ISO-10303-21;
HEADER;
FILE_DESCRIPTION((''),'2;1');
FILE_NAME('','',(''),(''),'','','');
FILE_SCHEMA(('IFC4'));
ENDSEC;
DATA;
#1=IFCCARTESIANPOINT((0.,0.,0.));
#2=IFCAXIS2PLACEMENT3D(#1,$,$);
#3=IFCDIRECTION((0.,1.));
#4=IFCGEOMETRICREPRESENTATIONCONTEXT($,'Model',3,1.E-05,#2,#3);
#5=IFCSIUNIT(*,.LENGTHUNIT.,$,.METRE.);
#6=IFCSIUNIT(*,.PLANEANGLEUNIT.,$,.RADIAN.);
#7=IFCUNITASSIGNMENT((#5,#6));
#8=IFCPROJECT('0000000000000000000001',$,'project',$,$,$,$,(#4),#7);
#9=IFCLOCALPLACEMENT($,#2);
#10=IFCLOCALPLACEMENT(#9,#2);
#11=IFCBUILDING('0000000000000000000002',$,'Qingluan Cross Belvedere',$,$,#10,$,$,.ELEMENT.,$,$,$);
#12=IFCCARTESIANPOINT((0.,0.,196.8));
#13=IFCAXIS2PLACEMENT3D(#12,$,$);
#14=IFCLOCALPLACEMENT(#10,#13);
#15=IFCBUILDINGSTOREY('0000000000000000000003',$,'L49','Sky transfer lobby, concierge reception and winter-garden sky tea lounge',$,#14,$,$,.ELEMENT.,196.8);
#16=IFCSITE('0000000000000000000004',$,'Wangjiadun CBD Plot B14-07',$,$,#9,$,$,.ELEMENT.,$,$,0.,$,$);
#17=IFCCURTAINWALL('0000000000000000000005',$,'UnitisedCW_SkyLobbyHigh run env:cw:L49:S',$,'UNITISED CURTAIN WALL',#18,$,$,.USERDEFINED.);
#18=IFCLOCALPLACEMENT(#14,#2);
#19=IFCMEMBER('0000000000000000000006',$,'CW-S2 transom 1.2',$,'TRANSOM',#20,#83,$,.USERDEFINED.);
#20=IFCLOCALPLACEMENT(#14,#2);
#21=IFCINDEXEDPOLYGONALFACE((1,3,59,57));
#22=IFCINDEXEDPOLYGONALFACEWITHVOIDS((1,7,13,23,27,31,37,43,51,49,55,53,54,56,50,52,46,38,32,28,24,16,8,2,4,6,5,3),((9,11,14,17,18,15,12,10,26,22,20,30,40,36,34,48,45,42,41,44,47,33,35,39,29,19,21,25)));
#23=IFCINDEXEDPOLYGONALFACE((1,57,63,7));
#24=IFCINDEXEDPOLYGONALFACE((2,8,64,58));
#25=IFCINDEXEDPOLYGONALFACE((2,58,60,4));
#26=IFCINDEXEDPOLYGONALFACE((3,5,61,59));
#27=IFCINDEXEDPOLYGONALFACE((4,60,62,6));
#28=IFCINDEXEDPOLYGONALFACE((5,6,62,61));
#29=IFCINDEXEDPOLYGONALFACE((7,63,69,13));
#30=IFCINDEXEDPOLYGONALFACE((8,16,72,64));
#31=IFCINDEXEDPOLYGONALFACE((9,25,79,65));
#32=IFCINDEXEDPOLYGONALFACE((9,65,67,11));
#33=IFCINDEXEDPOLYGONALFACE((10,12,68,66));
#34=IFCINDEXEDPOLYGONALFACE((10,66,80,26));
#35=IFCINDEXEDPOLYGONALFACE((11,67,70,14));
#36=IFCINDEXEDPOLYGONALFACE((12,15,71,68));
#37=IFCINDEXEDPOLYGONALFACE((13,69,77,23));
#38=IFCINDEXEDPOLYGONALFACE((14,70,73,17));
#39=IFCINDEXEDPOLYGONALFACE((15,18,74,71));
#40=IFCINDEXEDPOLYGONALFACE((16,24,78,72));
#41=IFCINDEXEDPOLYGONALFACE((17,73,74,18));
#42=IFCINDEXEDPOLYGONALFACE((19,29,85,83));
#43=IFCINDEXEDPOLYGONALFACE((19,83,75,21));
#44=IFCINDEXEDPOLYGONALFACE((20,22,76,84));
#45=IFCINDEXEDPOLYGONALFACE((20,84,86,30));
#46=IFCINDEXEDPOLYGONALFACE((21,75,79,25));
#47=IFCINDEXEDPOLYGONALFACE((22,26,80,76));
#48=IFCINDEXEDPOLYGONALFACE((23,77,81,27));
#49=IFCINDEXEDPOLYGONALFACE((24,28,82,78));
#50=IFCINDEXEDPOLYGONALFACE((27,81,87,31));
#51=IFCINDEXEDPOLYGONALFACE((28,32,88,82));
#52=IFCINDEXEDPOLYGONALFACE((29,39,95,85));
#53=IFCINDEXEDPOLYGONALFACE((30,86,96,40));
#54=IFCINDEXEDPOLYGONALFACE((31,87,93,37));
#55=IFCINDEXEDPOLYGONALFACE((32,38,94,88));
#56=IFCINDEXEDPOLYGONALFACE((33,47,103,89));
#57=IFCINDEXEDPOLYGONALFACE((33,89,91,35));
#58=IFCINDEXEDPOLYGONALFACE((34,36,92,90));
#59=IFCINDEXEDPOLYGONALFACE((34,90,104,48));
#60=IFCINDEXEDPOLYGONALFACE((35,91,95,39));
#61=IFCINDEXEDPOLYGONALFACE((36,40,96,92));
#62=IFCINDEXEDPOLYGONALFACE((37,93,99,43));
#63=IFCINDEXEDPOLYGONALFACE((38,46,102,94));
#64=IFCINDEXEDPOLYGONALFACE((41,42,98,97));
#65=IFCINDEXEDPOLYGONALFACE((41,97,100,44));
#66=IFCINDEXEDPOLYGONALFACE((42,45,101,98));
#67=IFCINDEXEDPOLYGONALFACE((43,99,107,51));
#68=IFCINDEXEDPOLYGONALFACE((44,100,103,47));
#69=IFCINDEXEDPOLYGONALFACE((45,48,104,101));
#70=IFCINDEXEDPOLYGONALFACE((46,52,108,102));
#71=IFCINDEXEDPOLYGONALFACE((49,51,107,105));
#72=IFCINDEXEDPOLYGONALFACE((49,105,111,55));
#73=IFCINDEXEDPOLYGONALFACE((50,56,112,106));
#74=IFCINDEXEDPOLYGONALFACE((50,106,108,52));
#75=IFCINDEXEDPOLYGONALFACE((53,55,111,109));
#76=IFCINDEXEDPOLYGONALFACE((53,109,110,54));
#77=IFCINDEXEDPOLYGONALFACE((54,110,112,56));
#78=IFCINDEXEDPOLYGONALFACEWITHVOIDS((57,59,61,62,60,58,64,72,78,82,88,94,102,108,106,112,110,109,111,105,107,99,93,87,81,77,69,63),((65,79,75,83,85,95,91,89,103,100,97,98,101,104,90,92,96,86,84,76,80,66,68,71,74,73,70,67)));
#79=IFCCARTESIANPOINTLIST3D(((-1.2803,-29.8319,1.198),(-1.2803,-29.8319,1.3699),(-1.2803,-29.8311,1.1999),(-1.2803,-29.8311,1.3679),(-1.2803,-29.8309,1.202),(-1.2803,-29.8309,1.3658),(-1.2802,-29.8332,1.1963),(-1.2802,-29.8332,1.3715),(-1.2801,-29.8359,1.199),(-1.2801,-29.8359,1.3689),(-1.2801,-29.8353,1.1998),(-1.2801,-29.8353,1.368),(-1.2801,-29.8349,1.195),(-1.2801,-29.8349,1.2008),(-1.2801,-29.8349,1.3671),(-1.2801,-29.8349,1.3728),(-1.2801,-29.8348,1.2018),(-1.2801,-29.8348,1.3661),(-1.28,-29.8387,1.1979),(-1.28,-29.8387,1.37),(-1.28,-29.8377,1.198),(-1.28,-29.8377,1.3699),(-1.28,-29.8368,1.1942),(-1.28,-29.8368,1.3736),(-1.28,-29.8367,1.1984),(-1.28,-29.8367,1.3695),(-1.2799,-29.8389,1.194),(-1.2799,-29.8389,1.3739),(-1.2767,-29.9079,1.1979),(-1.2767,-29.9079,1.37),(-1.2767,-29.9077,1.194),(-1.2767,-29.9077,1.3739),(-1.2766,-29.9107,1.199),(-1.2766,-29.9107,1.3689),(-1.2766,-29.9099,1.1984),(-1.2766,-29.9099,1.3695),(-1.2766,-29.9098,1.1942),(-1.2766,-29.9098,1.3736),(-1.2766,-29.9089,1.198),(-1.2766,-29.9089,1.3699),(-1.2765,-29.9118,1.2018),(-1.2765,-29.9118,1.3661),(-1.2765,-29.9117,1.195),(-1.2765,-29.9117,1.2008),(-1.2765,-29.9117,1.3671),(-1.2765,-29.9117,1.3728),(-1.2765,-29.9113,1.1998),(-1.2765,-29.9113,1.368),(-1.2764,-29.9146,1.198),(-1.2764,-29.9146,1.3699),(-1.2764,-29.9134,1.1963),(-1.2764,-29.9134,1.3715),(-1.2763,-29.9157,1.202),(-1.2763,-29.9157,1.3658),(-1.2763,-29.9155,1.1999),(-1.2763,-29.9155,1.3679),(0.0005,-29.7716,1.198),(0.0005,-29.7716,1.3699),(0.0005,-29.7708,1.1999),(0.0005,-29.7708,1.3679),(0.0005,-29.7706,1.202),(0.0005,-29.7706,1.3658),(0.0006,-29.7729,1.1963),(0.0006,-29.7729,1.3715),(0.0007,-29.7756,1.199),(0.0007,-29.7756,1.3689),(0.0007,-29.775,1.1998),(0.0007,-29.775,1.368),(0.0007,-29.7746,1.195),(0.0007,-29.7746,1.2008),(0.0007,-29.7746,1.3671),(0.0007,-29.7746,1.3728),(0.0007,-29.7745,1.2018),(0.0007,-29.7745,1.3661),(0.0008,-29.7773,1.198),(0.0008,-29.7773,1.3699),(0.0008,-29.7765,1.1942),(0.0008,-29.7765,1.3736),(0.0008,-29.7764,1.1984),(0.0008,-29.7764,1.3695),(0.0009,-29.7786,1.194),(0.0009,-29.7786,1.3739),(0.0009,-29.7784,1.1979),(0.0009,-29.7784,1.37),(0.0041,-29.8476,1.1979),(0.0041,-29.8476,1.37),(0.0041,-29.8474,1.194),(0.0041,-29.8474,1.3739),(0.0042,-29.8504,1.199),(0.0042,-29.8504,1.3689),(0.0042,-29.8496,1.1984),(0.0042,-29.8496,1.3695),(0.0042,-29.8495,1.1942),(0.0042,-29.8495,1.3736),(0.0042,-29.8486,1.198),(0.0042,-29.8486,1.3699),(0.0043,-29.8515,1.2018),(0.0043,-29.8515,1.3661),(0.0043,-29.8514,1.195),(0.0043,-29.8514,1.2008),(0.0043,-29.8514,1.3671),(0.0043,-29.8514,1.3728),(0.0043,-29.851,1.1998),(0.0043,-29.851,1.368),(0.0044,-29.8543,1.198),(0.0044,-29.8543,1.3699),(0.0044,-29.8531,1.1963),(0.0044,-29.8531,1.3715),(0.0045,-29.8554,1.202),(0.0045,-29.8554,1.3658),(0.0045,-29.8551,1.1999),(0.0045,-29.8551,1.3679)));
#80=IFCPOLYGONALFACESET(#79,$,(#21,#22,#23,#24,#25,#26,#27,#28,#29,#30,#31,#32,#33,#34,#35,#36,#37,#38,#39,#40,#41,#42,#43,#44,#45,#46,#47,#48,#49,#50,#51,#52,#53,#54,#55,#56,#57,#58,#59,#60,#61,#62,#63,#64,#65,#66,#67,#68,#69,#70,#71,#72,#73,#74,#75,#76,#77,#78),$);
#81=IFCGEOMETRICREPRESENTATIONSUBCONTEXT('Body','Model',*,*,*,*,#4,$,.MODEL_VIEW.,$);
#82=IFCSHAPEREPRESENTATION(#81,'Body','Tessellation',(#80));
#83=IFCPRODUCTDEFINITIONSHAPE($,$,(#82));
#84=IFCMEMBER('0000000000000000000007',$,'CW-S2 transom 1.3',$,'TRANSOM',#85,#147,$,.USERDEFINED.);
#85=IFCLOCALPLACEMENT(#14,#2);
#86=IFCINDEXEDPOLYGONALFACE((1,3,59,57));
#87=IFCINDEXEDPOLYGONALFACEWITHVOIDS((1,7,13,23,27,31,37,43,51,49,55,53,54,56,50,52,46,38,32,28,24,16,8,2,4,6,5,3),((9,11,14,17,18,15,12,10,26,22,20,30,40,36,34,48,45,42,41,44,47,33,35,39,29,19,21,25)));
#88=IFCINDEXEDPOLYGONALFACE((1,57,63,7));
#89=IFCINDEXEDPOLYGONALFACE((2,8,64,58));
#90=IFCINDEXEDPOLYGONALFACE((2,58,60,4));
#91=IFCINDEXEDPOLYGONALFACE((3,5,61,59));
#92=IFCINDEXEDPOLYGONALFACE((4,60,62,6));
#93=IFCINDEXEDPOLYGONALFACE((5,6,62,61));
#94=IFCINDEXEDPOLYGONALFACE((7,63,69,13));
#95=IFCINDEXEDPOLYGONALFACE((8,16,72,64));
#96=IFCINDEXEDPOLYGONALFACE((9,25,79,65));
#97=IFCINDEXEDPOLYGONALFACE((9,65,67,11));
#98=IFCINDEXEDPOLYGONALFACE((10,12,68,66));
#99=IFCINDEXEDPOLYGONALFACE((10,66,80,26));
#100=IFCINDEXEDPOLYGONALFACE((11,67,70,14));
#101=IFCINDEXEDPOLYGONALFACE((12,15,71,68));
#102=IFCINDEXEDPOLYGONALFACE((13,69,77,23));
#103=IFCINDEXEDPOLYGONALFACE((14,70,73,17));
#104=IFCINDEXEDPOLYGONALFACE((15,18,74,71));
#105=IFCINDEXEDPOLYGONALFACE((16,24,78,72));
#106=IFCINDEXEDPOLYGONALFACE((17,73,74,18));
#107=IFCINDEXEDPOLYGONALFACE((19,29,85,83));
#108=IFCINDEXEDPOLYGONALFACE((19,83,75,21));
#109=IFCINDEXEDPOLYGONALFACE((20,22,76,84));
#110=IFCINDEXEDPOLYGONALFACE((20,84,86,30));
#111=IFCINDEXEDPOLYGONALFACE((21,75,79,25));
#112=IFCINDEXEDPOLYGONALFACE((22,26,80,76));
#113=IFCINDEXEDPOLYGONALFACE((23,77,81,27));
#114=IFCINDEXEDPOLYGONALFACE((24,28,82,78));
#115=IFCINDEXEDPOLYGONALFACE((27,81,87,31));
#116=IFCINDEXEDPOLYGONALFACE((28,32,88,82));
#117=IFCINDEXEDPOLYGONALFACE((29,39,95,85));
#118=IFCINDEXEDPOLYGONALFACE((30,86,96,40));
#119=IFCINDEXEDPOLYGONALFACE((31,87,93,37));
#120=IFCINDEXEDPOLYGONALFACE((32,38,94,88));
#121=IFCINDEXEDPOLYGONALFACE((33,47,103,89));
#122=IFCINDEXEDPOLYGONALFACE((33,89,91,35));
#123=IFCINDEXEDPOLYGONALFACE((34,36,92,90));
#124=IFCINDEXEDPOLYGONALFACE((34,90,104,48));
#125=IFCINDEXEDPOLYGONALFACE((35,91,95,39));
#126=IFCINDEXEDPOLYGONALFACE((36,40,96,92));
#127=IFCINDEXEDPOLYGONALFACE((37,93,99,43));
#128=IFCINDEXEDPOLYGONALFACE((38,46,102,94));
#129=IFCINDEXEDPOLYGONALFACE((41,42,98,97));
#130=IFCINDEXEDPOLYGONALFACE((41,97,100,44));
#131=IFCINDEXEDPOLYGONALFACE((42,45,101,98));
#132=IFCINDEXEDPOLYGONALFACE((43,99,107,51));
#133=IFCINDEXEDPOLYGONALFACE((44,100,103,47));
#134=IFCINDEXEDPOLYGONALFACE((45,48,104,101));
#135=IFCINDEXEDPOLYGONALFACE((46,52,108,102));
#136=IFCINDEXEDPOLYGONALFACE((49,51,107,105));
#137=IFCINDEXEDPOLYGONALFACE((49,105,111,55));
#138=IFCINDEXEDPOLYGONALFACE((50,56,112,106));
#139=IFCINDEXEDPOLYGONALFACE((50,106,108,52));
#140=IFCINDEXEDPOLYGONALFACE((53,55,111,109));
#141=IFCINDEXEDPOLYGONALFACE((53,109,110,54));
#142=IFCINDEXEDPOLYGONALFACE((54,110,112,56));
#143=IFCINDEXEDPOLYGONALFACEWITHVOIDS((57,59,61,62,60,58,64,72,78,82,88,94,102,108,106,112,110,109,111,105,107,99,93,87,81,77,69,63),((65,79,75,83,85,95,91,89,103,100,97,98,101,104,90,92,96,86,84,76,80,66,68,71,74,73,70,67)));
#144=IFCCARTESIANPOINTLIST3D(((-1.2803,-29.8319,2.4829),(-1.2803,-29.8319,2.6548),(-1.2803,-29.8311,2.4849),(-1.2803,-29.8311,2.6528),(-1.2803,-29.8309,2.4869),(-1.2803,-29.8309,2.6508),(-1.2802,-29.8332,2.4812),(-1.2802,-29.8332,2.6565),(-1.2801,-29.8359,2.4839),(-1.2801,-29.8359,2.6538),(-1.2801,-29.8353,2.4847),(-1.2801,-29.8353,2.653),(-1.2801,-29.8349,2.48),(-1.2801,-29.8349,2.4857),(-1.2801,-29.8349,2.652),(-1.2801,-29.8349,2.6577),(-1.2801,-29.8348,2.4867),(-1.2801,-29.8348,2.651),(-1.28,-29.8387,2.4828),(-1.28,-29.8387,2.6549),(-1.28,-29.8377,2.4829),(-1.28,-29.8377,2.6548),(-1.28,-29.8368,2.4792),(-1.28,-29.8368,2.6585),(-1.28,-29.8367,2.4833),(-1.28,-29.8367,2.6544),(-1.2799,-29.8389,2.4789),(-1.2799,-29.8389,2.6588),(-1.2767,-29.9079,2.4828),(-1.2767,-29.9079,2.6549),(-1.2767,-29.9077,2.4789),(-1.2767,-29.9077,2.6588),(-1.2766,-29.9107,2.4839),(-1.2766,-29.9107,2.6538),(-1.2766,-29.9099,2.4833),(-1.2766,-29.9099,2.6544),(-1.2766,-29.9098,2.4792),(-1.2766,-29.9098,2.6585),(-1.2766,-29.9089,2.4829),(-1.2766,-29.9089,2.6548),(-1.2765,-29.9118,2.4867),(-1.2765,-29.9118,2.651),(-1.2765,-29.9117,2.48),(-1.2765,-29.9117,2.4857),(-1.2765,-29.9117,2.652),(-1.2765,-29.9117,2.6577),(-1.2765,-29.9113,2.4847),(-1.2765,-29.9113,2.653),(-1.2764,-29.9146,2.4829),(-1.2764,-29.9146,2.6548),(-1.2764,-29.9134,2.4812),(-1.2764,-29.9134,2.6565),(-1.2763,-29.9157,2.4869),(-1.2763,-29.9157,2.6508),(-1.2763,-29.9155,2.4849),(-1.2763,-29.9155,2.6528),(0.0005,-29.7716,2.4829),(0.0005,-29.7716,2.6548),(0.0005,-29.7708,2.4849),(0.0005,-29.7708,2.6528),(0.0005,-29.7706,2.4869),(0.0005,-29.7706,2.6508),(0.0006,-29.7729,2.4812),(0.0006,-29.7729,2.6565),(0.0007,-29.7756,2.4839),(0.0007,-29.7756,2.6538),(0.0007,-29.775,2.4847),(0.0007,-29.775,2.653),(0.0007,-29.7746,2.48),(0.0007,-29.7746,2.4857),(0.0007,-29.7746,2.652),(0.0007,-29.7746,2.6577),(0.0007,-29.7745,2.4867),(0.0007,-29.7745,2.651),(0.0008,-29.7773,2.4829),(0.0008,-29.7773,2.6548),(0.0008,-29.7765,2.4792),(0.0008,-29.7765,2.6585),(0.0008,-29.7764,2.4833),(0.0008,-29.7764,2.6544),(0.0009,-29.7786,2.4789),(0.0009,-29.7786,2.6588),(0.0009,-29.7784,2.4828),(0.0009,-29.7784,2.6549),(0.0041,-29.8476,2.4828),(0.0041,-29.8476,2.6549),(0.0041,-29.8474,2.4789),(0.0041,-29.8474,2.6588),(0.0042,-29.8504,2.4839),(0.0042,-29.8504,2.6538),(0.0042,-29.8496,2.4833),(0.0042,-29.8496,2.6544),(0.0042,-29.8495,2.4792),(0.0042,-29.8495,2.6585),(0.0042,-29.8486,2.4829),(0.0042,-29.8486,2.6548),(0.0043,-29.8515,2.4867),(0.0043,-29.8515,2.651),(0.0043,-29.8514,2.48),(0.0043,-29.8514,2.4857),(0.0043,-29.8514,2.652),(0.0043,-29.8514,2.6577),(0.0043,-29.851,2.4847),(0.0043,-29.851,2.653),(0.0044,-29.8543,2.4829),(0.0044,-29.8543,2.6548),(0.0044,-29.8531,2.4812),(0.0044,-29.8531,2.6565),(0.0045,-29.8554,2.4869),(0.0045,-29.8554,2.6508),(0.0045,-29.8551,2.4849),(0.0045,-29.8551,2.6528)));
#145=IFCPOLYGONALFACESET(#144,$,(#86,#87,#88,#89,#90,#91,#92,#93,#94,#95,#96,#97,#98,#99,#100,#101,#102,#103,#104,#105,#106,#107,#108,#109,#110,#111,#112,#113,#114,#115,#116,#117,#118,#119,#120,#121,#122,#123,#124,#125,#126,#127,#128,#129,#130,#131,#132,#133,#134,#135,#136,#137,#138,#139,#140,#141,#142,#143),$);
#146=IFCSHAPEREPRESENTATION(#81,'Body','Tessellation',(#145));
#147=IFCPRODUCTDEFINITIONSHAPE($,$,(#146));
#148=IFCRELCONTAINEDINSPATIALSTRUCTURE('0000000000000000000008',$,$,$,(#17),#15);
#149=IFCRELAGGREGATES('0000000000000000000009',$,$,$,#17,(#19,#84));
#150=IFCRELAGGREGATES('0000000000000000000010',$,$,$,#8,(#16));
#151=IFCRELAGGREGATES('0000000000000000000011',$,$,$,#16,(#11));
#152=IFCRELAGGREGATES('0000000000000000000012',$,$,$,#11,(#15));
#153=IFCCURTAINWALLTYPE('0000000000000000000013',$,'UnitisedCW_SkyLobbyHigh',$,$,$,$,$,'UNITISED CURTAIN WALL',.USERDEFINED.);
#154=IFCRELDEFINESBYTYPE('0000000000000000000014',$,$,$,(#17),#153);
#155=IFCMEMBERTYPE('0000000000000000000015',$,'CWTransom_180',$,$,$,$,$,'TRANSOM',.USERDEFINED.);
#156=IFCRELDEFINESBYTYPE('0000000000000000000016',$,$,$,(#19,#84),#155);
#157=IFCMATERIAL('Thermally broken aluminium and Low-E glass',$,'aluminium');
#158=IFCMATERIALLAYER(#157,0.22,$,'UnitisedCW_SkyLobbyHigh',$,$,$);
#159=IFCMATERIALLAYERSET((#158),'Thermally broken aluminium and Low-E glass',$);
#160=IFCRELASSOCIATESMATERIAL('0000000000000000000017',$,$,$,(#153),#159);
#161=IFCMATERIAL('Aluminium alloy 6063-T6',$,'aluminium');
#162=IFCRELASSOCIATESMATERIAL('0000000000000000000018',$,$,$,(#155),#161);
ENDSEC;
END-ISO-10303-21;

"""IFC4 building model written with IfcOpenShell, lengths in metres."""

from ifc_helpers import new_model, si_unit, direction, frame, origin, origin_2d, place, context, subcontext, project, spatial, hollow_rectangle, extrude, material, layer, layer_set, material_profile, profile_set, type_object, element, aggregate, save


model = new_model("IFC4")

# Units and contexts
model_context = context("Model", 3, precision=1e-05, world=origin(), true_north=direction((0.0, 1.0)))
body_context = subcontext(model_context, "Body", "Model", "MODEL_VIEW")
ifc_project = project(units=[si_unit("LENGTHUNIT", "METRE"), si_unit("PLANEANGLEUNIT", "RADIAN")], contexts=[model_context])

# Site, building, storey
site_placement = place(None, origin())
site = spatial("IfcSite", under=ifc_project, at=site_placement, Name="Wangjiadun CBD Plot B14-07", CompositionType="ELEMENT", RefElevation=0.0)
building_placement = place(site_placement, origin())
building = spatial("IfcBuilding", under=site, at=building_placement, Name="Qingluan Cross Belvedere", CompositionType="ELEMENT")
storey_placement = place(building_placement, frame((0.0, 0.0, 196.8)))
storey = spatial("IfcBuildingStorey", under=building, at=storey_placement, Name="L49", Description="Sky transfer lobby, concierge reception and winter-garden sky tea lounge", CompositionType="ELEMENT", Elevation=196.8)

# Curtain wall, members
ifc_material_1 = material(Name="Thermally broken aluminium and Low-E glass", Category="aluminium")
ifc_layer_1 = layer(ifc_material_1, 0.22, Name="UnitisedCW_SkyLobbyHigh")
ifc_layer_set_1 = layer_set([ifc_layer_1], Name="Thermally broken aluminium and Low-E glass")
curtain_wall_type = type_object("IfcCurtainWallType", Name="UnitisedCW_SkyLobbyHigh", ElementType="UNITISED CURTAIN WALL", PredefinedType="USERDEFINED", material=ifc_layer_set_1)
curtain_wall_placement = place(storey_placement, origin())
curtain_wall = element("IfcCurtainWall", 1, at=curtain_wall_placement, inside=storey, type_object=curtain_wall_type, Name="UnitisedCW_SkyLobbyHigh run env:cw:L49:S", ObjectType="UNITISED CURTAIN WALL", PredefinedType="USERDEFINED")
ifc_material_2 = material(Name="Aluminium alloy 6063-T6", Category="aluminium")
ifc_material_profile_1 = material_profile(ifc_material_2, hollow_rectangle(XDim=0.085, YDim=0.1799, WallThickness=0.0039, InnerFilletRadius=0.0039, OuterFilletRadius=0.0081, at=origin_2d()), Name="CWT180x85x4")
ifc_profile_set_1 = profile_set([ifc_material_profile_1], Name="Aluminium alloy 6063-T6")
member_type_1 = type_object("IfcMemberType", Name="CWTransom_180", ElementType="TRANSOM", PredefinedType="USERDEFINED", material=ifc_profile_set_1)
member_1_placement = place(storey_placement, frame((-1.2783, -29.8733, 1.2839), z_axis=(0.998893, 0.047031, 0.0), x_axis=(-0.047031, 0.998893, 0.0)))
member_1 = element("IfcMember", 2, at=member_1_placement, type_object=member_type_1, Name="CW-S2 transom 1.2", ObjectType="TRANSOM", PredefinedType="USERDEFINED", context=body_context, shape_type="SweptSolid", body=[
    extrude(hollow_rectangle(XDim=0.085, YDim=0.1799, WallThickness=0.0039, InnerFilletRadius=0.0039, OuterFilletRadius=0.0081, at=origin_2d()), origin(), (0.0, 0.0, 1.0), 1.2822),
])
member_2_placement = place(storey_placement, frame((-1.2783, -29.8733, 2.5688), z_axis=(0.998893, 0.047031, 0.0), x_axis=(-0.047031, 0.998893, 0.0)))
member_2 = element("IfcMember", 3, at=member_2_placement, type_object=member_type_1, Name="CW-S2 transom 1.3", ObjectType="TRANSOM", PredefinedType="USERDEFINED", context=body_context, shape_type="SweptSolid", body=[
    extrude(hollow_rectangle(XDim=0.085, YDim=0.1799, WallThickness=0.0039, InnerFilletRadius=0.0039, OuterFilletRadius=0.0081, at=origin_2d()), origin(), (0.0, 0.0, 1.0), 1.2822),
])

aggregate(curtain_wall, [member_1, member_2])

save(model, "model.ifc")
